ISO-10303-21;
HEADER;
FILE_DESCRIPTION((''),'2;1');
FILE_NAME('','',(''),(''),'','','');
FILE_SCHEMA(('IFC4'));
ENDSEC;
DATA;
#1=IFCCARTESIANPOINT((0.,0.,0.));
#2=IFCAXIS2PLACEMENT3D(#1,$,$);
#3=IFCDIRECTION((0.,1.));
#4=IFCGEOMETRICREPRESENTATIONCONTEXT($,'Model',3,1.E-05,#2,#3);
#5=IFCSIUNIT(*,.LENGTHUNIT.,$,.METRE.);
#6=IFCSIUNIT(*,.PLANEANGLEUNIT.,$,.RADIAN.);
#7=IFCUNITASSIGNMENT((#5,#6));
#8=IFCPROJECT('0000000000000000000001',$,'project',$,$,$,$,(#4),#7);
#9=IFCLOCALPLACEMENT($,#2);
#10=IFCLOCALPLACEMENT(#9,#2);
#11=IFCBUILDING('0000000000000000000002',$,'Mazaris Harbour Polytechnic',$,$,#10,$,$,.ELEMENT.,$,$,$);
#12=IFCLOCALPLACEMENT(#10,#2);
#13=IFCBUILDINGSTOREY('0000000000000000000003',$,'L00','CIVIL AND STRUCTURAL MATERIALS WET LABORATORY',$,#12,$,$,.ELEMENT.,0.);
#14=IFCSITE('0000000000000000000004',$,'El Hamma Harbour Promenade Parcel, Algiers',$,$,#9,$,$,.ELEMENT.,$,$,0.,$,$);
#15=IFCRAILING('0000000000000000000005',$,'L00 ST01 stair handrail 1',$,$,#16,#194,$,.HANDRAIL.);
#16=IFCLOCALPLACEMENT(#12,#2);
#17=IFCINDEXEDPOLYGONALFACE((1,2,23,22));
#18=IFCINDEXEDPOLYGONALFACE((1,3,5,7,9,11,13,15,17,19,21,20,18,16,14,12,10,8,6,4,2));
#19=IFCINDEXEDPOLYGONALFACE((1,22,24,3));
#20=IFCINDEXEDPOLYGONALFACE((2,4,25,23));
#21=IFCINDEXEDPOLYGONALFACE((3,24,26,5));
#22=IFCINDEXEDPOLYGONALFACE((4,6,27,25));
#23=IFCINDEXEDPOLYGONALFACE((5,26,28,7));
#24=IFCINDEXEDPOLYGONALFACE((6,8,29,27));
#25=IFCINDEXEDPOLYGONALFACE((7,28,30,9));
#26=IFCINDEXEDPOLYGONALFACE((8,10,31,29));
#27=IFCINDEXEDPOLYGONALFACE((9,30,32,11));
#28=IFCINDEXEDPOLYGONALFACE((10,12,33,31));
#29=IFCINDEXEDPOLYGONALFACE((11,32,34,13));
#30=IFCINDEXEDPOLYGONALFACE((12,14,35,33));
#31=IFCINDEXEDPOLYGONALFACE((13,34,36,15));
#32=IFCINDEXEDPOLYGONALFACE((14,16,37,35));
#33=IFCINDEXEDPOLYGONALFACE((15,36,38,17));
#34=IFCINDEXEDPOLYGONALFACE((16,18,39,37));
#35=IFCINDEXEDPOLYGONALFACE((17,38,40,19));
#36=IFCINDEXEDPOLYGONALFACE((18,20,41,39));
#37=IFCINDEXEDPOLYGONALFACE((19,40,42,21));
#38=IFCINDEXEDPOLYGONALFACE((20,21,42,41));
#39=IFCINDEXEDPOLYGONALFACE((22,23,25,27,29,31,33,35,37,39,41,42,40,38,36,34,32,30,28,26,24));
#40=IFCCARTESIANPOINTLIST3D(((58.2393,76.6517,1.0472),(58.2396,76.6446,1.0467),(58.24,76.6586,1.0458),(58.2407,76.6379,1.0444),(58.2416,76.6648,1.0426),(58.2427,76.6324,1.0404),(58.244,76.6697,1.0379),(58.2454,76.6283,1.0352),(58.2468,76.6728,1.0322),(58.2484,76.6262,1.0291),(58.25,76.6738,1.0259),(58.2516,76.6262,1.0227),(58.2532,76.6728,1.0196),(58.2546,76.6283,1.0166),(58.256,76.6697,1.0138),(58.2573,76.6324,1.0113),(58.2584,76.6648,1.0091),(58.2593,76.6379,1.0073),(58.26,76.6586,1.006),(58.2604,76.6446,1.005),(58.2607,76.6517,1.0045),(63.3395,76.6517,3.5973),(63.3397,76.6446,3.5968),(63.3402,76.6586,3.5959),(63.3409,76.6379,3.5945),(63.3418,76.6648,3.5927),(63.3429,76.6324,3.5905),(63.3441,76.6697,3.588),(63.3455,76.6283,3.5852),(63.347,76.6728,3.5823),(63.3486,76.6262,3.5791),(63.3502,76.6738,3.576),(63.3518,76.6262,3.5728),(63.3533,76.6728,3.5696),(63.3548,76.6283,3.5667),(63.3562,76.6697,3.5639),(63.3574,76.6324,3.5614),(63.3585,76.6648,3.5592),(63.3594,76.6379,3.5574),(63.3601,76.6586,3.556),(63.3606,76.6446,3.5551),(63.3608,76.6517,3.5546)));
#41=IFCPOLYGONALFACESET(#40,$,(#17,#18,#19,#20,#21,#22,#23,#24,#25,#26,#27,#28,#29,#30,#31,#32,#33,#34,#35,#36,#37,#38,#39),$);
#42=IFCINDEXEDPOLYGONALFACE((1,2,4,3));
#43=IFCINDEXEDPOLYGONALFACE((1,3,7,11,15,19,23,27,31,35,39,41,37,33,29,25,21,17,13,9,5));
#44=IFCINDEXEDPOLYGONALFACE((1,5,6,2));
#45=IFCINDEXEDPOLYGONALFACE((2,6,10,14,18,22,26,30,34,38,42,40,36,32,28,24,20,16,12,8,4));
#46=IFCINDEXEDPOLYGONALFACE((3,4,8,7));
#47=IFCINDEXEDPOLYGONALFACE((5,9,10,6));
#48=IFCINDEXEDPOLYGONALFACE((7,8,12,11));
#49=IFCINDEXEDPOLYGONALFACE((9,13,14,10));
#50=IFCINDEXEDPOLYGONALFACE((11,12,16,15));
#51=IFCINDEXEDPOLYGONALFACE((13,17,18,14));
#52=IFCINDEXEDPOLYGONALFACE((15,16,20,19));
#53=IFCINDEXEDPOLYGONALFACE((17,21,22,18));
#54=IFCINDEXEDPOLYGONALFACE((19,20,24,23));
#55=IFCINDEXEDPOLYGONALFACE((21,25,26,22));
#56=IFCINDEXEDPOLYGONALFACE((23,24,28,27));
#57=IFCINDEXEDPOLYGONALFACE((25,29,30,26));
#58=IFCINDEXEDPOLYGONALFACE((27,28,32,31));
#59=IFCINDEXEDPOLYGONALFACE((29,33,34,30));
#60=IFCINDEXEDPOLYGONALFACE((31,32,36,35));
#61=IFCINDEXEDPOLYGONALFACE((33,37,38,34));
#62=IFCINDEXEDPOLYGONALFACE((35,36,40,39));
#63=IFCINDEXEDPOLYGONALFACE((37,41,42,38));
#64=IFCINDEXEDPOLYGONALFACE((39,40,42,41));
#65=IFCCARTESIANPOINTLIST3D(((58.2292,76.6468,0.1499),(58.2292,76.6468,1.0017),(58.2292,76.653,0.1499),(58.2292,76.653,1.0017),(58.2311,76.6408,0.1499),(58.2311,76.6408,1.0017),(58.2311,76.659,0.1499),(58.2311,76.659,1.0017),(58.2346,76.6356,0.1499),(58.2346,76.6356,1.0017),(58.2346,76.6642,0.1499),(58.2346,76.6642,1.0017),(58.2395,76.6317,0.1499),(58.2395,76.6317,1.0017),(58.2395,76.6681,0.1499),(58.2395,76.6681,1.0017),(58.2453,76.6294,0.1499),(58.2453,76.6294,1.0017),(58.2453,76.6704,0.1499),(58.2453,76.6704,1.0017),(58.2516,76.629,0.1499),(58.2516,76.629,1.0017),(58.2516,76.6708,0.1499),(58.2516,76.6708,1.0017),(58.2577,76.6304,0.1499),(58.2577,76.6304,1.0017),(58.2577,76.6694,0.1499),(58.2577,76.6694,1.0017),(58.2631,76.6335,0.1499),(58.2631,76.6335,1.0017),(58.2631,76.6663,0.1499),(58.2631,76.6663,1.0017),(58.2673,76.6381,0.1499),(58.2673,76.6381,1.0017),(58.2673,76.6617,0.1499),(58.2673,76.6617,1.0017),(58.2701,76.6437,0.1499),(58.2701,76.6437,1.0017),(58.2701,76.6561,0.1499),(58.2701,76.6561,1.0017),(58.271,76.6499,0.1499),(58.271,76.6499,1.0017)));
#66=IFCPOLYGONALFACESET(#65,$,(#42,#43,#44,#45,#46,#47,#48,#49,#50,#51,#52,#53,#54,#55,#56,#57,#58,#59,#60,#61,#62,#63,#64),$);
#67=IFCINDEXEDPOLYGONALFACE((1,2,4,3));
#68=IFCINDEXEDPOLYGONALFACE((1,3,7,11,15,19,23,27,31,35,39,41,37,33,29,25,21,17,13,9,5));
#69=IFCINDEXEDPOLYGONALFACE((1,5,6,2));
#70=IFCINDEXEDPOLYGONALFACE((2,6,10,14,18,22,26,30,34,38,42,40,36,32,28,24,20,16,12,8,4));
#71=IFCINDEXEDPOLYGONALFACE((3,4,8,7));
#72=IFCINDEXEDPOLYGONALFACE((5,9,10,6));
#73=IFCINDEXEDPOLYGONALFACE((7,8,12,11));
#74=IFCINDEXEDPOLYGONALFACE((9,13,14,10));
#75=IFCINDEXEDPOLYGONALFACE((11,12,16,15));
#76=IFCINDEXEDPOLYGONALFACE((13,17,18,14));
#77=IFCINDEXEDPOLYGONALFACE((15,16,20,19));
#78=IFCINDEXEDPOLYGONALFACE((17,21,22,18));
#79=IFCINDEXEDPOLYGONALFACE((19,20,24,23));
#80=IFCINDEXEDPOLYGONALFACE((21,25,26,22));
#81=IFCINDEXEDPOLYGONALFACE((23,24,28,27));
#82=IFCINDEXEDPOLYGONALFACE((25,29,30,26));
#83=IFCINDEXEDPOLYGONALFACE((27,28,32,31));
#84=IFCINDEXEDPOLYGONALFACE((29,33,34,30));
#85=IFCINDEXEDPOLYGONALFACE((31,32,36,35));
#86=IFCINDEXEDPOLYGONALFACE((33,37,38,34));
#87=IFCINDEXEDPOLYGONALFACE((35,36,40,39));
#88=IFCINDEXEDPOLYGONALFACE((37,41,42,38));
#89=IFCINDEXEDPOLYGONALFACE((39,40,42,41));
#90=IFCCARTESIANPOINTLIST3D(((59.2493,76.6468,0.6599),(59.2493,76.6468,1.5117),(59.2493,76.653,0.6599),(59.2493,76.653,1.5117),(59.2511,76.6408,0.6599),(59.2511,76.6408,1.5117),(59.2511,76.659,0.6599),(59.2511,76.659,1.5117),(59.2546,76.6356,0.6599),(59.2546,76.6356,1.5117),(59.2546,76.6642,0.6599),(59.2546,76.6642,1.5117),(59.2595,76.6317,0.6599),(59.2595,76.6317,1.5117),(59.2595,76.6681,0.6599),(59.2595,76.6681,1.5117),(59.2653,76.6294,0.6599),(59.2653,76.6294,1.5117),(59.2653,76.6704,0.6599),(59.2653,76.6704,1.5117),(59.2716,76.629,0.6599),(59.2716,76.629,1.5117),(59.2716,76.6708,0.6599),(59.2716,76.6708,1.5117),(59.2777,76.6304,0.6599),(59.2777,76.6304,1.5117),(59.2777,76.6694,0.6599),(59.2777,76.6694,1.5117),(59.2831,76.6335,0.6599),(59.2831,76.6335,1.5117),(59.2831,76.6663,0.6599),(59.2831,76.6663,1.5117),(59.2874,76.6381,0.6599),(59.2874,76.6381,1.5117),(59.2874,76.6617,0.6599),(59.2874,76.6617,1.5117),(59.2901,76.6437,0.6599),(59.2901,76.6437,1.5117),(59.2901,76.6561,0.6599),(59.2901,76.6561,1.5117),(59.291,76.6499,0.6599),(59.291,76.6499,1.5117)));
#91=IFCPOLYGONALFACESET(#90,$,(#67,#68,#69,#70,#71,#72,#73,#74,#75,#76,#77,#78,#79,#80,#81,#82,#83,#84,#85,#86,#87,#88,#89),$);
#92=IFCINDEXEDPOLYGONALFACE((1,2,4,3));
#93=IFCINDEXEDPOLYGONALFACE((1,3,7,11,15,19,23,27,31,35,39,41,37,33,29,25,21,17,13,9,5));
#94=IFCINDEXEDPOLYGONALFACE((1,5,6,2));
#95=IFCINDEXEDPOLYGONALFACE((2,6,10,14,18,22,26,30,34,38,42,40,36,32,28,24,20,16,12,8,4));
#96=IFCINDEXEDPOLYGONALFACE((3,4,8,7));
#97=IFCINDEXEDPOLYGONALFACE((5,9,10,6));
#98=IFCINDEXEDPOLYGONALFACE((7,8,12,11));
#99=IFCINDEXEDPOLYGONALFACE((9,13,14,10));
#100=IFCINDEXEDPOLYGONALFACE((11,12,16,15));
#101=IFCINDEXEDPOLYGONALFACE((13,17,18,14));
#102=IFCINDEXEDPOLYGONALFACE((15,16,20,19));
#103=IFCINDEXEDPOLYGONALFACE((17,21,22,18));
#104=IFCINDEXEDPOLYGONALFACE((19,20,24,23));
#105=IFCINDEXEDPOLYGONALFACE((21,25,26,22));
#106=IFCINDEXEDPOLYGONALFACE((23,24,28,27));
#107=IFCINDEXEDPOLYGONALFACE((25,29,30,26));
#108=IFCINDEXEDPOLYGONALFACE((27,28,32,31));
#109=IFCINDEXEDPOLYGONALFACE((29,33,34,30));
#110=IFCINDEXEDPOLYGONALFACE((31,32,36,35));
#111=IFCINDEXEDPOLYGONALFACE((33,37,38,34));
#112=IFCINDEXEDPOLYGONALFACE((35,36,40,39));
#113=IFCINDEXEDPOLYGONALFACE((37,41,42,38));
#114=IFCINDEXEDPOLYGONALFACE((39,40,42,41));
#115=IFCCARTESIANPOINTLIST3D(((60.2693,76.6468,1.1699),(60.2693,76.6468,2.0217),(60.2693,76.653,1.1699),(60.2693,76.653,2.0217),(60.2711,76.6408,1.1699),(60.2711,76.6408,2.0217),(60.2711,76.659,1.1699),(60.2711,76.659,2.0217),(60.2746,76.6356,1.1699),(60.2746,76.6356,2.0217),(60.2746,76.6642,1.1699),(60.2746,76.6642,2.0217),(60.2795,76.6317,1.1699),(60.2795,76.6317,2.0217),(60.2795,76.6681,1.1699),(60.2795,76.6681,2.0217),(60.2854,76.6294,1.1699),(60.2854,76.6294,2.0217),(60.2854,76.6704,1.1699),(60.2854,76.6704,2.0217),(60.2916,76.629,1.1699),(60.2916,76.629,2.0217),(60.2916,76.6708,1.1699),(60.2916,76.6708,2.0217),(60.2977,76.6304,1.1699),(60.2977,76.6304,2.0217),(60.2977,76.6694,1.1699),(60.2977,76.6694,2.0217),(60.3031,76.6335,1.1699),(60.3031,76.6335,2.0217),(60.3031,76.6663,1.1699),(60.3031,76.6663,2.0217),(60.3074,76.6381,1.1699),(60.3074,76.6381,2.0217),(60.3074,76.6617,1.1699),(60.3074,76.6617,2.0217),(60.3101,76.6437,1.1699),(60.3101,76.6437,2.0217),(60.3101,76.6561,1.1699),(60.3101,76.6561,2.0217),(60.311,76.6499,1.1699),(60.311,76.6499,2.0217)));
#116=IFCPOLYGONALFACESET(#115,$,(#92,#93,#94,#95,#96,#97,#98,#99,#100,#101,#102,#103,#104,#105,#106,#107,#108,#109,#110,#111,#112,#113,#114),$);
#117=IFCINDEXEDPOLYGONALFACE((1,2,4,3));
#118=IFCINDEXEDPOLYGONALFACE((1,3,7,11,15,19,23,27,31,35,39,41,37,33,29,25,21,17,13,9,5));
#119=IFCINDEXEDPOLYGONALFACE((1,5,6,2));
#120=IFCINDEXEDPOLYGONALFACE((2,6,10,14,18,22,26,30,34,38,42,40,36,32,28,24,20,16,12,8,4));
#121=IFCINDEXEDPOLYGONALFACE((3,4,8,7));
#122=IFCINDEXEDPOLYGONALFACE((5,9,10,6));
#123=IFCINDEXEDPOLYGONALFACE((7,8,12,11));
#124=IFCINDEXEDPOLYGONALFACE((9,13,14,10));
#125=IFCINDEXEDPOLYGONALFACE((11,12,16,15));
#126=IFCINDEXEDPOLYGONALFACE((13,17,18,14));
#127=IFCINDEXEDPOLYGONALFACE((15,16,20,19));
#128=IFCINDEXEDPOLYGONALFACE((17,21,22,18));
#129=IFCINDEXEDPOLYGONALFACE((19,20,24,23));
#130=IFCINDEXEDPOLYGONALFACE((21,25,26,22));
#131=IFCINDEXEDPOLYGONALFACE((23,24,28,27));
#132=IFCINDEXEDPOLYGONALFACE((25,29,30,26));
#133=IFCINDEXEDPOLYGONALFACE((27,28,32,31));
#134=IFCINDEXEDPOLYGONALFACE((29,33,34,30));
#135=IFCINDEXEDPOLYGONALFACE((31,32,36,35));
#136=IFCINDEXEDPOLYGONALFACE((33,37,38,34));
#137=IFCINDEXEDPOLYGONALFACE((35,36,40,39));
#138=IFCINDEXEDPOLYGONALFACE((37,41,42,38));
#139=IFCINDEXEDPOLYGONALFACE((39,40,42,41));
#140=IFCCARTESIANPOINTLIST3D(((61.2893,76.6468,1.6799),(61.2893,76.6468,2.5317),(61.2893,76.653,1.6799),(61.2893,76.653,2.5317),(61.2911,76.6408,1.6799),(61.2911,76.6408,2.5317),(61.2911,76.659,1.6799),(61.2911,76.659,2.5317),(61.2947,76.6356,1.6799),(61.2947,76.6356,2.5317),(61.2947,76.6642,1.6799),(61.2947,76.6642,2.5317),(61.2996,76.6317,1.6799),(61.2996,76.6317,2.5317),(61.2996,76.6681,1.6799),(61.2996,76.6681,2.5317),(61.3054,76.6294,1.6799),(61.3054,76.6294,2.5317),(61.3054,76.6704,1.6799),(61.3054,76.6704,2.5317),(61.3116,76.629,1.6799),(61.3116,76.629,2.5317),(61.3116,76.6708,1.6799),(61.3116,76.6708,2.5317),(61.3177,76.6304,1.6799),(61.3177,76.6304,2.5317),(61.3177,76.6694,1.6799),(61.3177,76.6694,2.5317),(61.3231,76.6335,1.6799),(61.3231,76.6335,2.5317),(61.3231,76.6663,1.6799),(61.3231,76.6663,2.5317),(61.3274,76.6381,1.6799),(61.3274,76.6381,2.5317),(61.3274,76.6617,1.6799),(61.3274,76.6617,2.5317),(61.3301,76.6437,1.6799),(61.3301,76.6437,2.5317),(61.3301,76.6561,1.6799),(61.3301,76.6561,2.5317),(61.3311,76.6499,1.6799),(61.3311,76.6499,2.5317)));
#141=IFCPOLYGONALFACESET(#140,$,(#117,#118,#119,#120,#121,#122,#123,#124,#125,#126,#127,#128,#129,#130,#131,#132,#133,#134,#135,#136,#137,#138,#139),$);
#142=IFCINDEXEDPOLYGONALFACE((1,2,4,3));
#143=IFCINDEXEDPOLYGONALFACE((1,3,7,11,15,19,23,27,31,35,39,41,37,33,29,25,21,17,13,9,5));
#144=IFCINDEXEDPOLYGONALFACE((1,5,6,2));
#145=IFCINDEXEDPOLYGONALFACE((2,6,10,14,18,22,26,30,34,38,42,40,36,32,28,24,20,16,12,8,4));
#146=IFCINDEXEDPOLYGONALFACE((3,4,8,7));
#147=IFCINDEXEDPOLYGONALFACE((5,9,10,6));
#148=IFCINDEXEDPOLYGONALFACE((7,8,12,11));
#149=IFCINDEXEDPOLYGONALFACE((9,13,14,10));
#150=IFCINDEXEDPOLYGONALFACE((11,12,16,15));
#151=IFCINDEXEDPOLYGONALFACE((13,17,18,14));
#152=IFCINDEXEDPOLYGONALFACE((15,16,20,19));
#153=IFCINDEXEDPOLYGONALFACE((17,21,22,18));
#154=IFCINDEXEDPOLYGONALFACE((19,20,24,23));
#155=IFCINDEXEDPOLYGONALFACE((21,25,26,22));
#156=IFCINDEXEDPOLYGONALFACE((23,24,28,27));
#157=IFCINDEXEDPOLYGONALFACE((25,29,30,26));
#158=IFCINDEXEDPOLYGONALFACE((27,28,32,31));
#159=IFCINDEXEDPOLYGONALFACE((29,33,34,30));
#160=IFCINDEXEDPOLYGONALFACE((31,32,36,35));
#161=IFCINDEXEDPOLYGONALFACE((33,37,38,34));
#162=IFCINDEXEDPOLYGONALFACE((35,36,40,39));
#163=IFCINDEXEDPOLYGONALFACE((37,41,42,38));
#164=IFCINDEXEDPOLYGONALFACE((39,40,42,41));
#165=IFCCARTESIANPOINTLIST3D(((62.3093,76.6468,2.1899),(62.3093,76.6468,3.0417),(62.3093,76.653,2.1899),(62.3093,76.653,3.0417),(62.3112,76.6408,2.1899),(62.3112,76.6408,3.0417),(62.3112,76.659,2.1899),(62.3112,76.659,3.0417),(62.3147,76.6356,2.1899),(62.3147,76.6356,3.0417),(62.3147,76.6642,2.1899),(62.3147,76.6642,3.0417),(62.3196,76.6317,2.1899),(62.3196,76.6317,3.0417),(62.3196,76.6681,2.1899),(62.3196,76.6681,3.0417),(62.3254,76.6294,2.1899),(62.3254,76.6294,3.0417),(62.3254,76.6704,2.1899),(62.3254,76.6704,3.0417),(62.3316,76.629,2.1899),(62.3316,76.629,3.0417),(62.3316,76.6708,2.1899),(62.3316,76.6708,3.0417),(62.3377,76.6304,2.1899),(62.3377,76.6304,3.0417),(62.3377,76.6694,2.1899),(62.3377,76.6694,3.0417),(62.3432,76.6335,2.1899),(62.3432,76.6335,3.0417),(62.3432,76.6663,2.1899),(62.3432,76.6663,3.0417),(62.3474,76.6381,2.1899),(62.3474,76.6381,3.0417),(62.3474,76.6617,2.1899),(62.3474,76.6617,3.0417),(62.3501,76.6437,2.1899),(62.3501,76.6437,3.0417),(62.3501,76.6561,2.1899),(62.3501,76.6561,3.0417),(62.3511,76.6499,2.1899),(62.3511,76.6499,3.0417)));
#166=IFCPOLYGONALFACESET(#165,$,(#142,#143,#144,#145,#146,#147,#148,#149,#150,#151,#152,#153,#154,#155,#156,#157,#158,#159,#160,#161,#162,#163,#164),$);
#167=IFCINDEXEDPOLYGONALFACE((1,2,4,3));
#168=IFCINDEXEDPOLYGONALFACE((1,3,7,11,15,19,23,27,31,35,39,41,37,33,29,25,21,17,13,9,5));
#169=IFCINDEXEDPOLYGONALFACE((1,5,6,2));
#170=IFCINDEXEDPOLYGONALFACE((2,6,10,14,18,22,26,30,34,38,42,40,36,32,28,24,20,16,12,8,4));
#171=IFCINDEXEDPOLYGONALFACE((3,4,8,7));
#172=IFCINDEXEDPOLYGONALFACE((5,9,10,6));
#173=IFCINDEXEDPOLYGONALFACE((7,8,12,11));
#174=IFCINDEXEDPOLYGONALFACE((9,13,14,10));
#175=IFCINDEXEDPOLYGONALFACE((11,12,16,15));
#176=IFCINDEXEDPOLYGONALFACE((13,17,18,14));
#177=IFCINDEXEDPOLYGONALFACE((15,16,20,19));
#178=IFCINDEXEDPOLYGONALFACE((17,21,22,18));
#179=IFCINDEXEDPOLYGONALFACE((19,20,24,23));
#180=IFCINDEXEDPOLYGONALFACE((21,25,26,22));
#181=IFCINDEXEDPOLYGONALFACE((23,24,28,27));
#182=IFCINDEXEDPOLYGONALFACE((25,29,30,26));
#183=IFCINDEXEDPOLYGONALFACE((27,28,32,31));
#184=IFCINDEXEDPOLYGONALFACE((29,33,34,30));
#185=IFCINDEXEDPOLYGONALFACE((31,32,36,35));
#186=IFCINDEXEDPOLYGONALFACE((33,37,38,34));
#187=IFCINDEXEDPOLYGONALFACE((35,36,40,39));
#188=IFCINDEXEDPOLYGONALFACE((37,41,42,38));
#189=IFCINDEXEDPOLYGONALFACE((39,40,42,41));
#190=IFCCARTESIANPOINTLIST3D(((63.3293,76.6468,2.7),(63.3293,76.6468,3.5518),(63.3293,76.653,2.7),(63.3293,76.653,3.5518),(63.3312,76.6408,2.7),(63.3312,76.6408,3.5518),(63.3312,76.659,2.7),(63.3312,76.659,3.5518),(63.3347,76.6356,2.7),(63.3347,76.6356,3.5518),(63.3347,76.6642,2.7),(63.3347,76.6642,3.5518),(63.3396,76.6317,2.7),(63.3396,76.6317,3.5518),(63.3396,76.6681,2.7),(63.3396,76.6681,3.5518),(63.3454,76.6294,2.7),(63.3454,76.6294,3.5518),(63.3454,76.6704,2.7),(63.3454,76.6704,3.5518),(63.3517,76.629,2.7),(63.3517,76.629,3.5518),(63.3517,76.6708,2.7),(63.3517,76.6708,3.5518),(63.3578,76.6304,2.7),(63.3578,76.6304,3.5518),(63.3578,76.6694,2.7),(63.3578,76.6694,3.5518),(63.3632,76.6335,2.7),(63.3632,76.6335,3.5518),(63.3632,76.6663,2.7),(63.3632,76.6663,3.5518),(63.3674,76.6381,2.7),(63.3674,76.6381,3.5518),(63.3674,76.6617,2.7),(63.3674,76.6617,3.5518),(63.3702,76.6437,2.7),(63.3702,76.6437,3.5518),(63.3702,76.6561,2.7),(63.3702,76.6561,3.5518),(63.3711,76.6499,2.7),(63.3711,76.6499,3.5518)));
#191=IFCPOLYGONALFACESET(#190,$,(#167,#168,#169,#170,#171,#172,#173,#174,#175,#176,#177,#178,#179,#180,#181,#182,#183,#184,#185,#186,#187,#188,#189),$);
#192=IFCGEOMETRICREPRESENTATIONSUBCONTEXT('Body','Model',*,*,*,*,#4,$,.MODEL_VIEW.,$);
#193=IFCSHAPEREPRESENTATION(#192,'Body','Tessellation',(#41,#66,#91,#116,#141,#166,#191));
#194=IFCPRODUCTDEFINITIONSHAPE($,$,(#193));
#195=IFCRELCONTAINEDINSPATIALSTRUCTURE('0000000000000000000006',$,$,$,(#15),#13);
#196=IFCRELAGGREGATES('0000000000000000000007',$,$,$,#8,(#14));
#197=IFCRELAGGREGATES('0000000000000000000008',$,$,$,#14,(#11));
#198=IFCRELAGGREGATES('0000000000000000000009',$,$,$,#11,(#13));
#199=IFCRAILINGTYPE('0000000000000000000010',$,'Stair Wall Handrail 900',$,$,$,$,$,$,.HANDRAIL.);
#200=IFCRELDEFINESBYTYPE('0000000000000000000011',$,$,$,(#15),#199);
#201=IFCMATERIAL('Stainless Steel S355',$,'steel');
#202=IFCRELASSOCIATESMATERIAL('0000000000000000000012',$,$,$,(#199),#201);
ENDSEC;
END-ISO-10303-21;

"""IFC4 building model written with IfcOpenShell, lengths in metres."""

from ifc_helpers import new_model, si_unit, direction, frame, origin, origin_2d, place, context, subcontext, project, spatial, circle, extrude, material, type_object, element, save


model = new_model("IFC4")

# Units and contexts
model_context = context("Model", 3, precision=1e-05, world=origin(), true_north=direction((0.0, 1.0)))
body_context = subcontext(model_context, "Body", "Model", "MODEL_VIEW")
ifc_project = project(units=[si_unit("LENGTHUNIT", "METRE"), si_unit("PLANEANGLEUNIT", "RADIAN")], contexts=[model_context])

# Site, building, storey
site_placement = place(None, origin())
site = spatial("IfcSite", under=ifc_project, at=site_placement, Name="El Hamma Harbour Promenade Parcel, Algiers", CompositionType="ELEMENT", RefElevation=0.0)
building_placement = place(site_placement, origin())
building = spatial("IfcBuilding", under=site, at=building_placement, Name="Mazaris Harbour Polytechnic", CompositionType="ELEMENT")
storey_placement = place(building_placement, origin())
storey = spatial("IfcBuildingStorey", under=building, at=storey_placement, Name="L00", Description="CIVIL AND STRUCTURAL MATERIALS WET LABORATORY", CompositionType="ELEMENT", Elevation=0.0)

# Railing
ifc_material_1 = material(Name="Stainless Steel S355", Category="steel")
railing_type_1 = type_object("IfcRailingType", Name="Stair Wall Handrail 900", PredefinedType="HANDRAIL", material=ifc_material_1)
railing_1_placement = place(storey_placement, frame((58.25, 76.6499, 0.1499)))
element("IfcRailing", 1, at=railing_1_placement, inside=storey, type_object=railing_type_1, Name="L00 ST01 stair handrail 1", PredefinedType="HANDRAIL", context=body_context, shape_type="SweptSolid", body=[
    extrude(circle(Radius=0.0239, at=origin_2d()), frame((0.0, 0.0, 0.876), z_axis=(0.894427, 0.0, 0.447214), x_axis=(0.0, 1.0, 0.0)), (0.0, 0.0, 1.0), 5.7021),
    extrude(circle(Radius=0.021, at=origin_2d()), origin(), (0.0, 0.0, 1.0), 0.8518),
    extrude(circle(Radius=0.021, at=origin_2d()), frame((1.02, 0.0, 0.51)), (0.0, 0.0, 1.0), 0.8518),
    extrude(circle(Radius=0.021, at=origin_2d()), frame((2.04, 0.0, 1.02)), (0.0, 0.0, 1.0), 0.8518),
    extrude(circle(Radius=0.021, at=origin_2d()), frame((3.0601, 0.0, 1.53)), (0.0, 0.0, 1.0), 0.8518),
    extrude(circle(Radius=0.021, at=origin_2d()), frame((4.0801, 0.0, 2.04)), (0.0, 0.0, 1.0), 0.8518),
    extrude(circle(Radius=0.021, at=origin_2d()), frame((5.1001, 0.0, 2.55)), (0.0, 0.0, 1.0), 0.8518),
])

save(model, "model.ifc")
